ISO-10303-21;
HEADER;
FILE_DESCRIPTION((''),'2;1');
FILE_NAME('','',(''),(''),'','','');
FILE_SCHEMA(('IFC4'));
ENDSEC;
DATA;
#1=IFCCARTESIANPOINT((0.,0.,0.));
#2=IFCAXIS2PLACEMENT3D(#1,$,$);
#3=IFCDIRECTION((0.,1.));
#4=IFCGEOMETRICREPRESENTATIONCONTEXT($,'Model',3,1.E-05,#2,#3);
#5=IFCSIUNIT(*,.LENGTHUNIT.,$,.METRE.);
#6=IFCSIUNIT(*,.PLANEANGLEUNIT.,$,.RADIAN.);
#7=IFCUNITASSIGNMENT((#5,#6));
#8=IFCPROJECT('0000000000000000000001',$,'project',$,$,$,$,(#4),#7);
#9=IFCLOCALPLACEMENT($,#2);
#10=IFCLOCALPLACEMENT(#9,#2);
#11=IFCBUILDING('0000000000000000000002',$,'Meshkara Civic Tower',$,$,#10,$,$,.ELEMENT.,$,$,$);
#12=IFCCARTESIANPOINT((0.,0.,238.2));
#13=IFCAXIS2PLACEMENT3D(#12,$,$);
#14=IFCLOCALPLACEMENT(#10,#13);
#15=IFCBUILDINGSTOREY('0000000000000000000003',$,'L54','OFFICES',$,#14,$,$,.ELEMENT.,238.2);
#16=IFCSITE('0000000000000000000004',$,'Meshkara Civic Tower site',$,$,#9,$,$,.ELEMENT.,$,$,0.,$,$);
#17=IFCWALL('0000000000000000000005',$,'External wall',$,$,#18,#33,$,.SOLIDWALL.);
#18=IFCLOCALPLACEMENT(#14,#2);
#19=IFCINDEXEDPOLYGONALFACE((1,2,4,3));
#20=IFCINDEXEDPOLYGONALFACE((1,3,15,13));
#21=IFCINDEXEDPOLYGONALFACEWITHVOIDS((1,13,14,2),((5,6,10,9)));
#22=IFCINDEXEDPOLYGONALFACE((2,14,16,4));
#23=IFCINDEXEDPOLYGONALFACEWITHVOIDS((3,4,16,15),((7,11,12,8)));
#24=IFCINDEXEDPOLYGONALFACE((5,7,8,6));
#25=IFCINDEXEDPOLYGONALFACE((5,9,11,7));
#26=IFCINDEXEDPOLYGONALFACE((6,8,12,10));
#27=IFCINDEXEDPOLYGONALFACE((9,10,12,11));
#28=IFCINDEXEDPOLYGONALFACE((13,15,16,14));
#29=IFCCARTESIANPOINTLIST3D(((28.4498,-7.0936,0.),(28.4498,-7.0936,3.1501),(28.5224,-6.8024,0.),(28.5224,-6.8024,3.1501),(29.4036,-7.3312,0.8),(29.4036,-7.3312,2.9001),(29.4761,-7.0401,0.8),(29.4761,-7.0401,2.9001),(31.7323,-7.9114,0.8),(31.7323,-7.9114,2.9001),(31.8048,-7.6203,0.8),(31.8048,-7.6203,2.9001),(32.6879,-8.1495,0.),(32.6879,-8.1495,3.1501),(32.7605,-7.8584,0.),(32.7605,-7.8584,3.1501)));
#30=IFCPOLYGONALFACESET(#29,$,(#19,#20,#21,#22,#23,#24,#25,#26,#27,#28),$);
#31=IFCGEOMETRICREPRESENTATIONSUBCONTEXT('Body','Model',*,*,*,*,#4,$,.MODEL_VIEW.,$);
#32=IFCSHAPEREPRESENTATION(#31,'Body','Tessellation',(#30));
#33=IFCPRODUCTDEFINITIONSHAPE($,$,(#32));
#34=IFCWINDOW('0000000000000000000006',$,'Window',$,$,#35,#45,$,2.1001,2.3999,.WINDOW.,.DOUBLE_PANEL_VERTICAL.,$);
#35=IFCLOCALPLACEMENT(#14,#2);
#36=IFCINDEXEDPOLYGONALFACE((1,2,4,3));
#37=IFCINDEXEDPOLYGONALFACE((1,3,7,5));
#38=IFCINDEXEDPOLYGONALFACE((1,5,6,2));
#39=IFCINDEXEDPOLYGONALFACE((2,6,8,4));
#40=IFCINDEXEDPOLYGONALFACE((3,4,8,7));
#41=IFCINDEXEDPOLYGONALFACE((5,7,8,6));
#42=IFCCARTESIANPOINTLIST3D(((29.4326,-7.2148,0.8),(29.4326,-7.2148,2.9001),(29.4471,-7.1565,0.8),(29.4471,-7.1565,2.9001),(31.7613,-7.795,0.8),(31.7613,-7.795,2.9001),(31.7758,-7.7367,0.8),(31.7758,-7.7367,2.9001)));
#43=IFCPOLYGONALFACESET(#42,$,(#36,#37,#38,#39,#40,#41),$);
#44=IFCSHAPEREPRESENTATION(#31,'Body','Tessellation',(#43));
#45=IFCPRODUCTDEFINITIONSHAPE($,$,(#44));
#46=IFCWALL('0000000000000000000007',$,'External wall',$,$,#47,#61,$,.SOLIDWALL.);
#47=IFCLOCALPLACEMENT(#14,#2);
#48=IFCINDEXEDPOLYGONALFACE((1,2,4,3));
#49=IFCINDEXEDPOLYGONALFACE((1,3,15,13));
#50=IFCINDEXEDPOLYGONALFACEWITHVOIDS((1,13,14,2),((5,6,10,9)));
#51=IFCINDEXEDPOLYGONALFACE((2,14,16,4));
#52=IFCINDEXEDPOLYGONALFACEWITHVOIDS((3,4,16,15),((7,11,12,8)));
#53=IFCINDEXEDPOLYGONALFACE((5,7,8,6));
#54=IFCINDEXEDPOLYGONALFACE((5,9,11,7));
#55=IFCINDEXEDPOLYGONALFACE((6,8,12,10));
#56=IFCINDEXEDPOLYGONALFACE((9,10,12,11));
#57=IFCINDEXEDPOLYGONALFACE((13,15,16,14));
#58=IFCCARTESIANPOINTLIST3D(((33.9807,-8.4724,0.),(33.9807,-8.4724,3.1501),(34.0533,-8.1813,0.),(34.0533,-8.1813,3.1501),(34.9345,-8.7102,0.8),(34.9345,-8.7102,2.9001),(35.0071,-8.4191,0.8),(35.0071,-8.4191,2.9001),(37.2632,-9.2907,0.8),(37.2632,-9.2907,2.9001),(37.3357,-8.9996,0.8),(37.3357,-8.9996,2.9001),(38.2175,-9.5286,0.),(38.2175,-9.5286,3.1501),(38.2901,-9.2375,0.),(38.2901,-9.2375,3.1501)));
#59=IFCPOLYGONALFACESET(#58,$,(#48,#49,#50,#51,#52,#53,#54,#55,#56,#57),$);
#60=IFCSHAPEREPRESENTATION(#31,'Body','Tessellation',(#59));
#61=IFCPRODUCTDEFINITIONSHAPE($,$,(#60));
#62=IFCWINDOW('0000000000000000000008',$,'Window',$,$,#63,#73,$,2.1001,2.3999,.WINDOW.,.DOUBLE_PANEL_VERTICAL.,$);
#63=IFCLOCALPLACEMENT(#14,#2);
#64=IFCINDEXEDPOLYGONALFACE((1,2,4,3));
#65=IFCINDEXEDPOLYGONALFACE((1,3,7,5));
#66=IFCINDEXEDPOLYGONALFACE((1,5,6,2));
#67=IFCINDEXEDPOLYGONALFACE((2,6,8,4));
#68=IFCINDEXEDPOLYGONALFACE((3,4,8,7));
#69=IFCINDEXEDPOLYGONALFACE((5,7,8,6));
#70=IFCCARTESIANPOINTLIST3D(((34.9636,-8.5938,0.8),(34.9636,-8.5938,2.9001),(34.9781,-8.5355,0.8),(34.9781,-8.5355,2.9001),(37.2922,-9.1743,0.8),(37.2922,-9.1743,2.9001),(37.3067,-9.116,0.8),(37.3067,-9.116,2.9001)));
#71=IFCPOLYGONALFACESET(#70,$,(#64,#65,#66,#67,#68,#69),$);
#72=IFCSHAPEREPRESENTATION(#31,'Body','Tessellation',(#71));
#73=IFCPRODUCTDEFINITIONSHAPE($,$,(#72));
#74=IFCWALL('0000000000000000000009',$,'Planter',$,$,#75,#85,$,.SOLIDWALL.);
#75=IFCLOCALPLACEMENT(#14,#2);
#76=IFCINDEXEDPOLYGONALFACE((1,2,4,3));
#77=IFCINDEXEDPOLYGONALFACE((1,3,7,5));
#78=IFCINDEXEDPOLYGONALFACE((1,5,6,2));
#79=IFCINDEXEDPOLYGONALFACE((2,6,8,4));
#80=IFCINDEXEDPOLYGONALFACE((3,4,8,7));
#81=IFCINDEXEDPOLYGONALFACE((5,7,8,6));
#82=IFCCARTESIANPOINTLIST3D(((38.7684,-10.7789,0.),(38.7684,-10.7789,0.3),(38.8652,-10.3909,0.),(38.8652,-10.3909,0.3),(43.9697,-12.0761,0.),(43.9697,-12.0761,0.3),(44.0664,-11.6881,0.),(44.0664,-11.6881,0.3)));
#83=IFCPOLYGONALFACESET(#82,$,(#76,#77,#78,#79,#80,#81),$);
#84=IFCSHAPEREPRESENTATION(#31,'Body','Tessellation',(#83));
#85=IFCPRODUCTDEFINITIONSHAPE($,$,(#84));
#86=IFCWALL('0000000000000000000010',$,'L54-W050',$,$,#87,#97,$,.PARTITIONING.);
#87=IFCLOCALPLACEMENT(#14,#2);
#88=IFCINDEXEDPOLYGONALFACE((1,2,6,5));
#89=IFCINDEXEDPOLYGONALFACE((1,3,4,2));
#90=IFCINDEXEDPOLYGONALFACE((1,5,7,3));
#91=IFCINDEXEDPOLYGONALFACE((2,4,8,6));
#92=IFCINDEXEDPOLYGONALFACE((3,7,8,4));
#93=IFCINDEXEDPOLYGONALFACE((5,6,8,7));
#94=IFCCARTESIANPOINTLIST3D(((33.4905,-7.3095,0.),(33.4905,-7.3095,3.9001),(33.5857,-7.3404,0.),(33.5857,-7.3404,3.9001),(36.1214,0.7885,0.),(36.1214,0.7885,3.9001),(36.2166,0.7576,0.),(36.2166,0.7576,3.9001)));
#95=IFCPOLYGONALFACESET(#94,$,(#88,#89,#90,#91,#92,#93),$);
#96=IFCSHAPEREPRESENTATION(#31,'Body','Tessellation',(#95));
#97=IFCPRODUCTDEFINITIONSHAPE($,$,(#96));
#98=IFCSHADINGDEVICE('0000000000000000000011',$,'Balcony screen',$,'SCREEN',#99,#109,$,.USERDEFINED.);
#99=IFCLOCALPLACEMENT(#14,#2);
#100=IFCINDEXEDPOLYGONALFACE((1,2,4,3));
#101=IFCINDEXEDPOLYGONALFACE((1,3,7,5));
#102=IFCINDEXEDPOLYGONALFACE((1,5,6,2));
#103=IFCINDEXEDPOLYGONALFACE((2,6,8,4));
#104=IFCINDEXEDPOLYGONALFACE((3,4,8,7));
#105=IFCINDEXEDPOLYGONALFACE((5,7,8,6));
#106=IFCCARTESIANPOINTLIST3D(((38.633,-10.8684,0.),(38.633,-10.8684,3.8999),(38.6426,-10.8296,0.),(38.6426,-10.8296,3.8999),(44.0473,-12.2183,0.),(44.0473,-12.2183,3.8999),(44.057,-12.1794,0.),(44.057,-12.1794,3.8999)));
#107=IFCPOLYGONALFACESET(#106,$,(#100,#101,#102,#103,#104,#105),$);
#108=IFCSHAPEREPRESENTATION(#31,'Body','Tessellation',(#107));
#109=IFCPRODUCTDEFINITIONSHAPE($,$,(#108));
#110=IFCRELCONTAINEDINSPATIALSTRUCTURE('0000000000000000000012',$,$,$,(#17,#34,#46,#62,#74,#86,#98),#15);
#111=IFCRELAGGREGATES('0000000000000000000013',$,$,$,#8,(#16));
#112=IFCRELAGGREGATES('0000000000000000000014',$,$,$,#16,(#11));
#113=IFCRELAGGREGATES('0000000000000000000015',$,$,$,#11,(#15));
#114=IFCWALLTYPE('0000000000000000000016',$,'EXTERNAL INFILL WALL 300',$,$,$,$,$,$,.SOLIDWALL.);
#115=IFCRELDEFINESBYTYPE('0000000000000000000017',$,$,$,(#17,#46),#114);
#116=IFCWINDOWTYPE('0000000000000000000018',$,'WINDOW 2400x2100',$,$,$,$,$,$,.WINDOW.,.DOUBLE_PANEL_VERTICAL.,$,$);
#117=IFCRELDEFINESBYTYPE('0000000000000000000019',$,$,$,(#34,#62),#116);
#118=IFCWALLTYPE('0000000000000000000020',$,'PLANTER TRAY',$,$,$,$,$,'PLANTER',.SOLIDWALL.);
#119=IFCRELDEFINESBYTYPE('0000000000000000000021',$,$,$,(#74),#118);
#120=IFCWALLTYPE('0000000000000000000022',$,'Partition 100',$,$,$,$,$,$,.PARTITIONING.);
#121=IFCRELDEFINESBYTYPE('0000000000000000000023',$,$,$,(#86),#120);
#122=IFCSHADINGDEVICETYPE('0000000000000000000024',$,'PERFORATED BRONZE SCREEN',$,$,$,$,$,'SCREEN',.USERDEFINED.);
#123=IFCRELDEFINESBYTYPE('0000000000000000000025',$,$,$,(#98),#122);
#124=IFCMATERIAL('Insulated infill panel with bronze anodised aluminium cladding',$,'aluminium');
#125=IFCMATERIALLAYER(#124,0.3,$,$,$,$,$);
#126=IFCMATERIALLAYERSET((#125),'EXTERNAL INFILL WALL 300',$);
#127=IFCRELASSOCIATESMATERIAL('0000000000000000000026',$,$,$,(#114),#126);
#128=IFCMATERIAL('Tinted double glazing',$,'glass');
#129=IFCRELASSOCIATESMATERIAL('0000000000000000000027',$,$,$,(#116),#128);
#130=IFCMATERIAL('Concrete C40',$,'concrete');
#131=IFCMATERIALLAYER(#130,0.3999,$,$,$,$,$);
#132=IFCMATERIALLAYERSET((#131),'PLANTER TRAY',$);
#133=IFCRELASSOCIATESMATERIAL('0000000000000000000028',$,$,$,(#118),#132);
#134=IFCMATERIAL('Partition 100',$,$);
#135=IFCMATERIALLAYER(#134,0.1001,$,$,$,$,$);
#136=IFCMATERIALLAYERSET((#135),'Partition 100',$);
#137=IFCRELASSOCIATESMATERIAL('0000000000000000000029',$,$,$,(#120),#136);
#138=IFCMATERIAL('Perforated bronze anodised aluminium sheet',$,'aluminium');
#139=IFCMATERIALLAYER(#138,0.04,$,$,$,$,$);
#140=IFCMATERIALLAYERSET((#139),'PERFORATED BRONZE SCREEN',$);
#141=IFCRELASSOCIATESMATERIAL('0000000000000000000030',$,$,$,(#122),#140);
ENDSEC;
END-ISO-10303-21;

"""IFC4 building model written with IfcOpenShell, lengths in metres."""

from ifc_helpers import new_model, si_unit, direction, frame, frame_2d, origin, origin_2d, place, context, subcontext, project, spatial, rectangle, extrude, material, layer, layer_set, type_object, element, fill, save


model = new_model("IFC4")

# Units and contexts
model_context = context("Model", 3, precision=1e-05, world=origin(), true_north=direction((0.0, 1.0)))
body_context = subcontext(model_context, "Body", "Model", "MODEL_VIEW")
ifc_project = project(units=[si_unit("LENGTHUNIT", "METRE"), si_unit("PLANEANGLEUNIT", "RADIAN")], contexts=[model_context])

# Site, building, storey
site_placement = place(None, origin())
site = spatial("IfcSite", under=ifc_project, at=site_placement, Name="Meshkara Civic Tower site", CompositionType="ELEMENT", RefElevation=0.0)
building_placement = place(site_placement, origin())
building = spatial("IfcBuilding", under=site, at=building_placement, Name="Meshkara Civic Tower", CompositionType="ELEMENT")
storey_placement = place(building_placement, frame((0.0, 0.0, 238.2)))
storey = spatial("IfcBuildingStorey", under=building, at=storey_placement, Name="L54", Description="OFFICES", CompositionType="ELEMENT", Elevation=238.2)

# Walls, openings, windows
ifc_material_1 = material(Name="Insulated infill panel with bronze anodised aluminium cladding", Category="aluminium")
ifc_layer_1 = layer(ifc_material_1, 0.3)
ifc_layer_set_1 = layer_set([ifc_layer_1], Name="EXTERNAL INFILL WALL 300")
wall_type_1 = type_object("IfcWallType", Name="EXTERNAL INFILL WALL 300", PredefinedType="SOLIDWALL", material=ifc_layer_set_1)
ifc_material_2 = material(Name="Tinted double glazing", Category="glass")
window_type = type_object("IfcWindowType", Name="WINDOW 2400x2100", PartitioningType="DOUBLE_PANEL_VERTICAL", PredefinedType="WINDOW", material=ifc_material_2)
wall_1_placement = place(storey_placement, frame((28.4861, -6.948, 0.0), z_axis=(0.0, 0.0, 1.0), x_axis=(0.970336, -0.24176, 0.0)))
wall_1 = element("IfcWall", 1, at=wall_1_placement, inside=storey, type_object=wall_type_1, Name="External wall", PredefinedType="SOLIDWALL", context=body_context, shape_type="SweptSolid", body=[
    extrude(rectangle(XDim=4.3677, YDim=0.3, at=frame_2d((2.1838, 0.0))), origin(), (0.0, 0.0, 1.0), 3.1501),
])
opening_1_placement = place(wall_1_placement, frame((0.9829, 0.0, 0.8)))
opening_1 = element("IfcOpeningElement", 2, at=opening_1_placement, cuts=wall_1, PredefinedType="OPENING", context=body_context, shape_type="SweptSolid", body=[
    extrude(rectangle(XDim=2.3999, YDim=2.1001, at=frame_2d((1.2, 1.05))), frame((0.0, 0.1599, 0.0), z_axis=(0.0, -1.0, 0.0), x_axis=(1.0, 0.0, 0.0)), (0.0, 0.0, 1.0), 0.3201),
])
window_1_placement = place(opening_1_placement, origin())
window_1 = element("IfcWindow", 3, at=window_1_placement, inside=storey, type_object=window_type, Name="Window", OverallHeight=2.1001, OverallWidth=2.3999, PartitioningType="DOUBLE_PANEL_VERTICAL", PredefinedType="WINDOW", context=body_context, shape_type="SweptSolid", body=[
    extrude(rectangle(XDim=2.3999, YDim=2.1001, at=frame_2d((1.2, 1.05))), frame((0.0, 0.03, 0.0), z_axis=(0.0, -1.0, 0.0), x_axis=(1.0, 0.0, 0.0)), (0.0, 0.0, 1.0), 0.0601),
])
fill(opening_1, window_1)
wall_2_placement = place(storey_placement, frame((34.0171, -8.3269, 0.0), z_axis=(0.0, 0.0, 1.0), x_axis=(0.970307, -0.241878, 0.0)))
wall_2 = element("IfcWall", 4, at=wall_2_placement, inside=storey, type_object=wall_type_1, Name="External wall", PredefinedType="SOLIDWALL", context=body_context, shape_type="SweptSolid", body=[
    extrude(rectangle(XDim=4.3665, YDim=0.3, at=frame_2d((2.1831, 0.0))), origin(), (0.0, 0.0, 1.0), 3.1501),
])
opening_2_placement = place(wall_2_placement, frame((0.9829, 0.0, 0.8)))
opening_2 = element("IfcOpeningElement", 5, at=opening_2_placement, cuts=wall_2, PredefinedType="OPENING", context=body_context, shape_type="SweptSolid", body=[
    extrude(rectangle(XDim=2.3999, YDim=2.1001, at=frame_2d((1.2, 1.05))), frame((0.0, 0.1599, 0.0), z_axis=(0.0, -1.0, 0.0), x_axis=(1.0, 0.0, 0.0)), (0.0, 0.0, 1.0), 0.3201),
])
window_2_placement = place(opening_2_placement, origin())
window_2 = element("IfcWindow", 6, at=window_2_placement, inside=storey, type_object=window_type, Name="Window", OverallHeight=2.1001, OverallWidth=2.3999, PartitioningType="DOUBLE_PANEL_VERTICAL", PredefinedType="WINDOW", context=body_context, shape_type="SweptSolid", body=[
    extrude(rectangle(XDim=2.3999, YDim=2.1001, at=frame_2d((1.2, 1.05))), frame((0.0, 0.03, 0.0), z_axis=(0.0, -1.0, 0.0), x_axis=(1.0, 0.0, 0.0)), (0.0, 0.0, 1.0), 0.0601),
])
fill(opening_2, window_2)

# Walls
ifc_material_3 = material(Name="Concrete C40", Category="concrete")
ifc_layer_2 = layer(ifc_material_3, 0.3999)
ifc_layer_set_2 = layer_set([ifc_layer_2], Name="PLANTER TRAY")
wall_type_2 = type_object("IfcWallType", Name="PLANTER TRAY", ElementType="PLANTER", PredefinedType="SOLIDWALL", material=ifc_layer_set_2)
wall_3_placement = place(storey_placement, frame((38.8169, -10.585, 0.0), z_axis=(0.0, 0.0, 1.0), x_axis=(0.970282, -0.241978, 0.0)))
element("IfcWall", 7, at=wall_3_placement, inside=storey, type_object=wall_type_2, Name="Planter", PredefinedType="SOLIDWALL", context=body_context, shape_type="SweptSolid", body=[
    extrude(rectangle(XDim=5.3606, YDim=0.3999, at=frame_2d((2.6802, 0.0))), origin(), (0.0, 0.0, 1.0), 0.3),
])
ifc_material_4 = material(Name="Partition 100")
ifc_layer_3 = layer(ifc_material_4, 0.1001)
ifc_layer_set_3 = layer_set([ifc_layer_3], Name="Partition 100")
wall_type_3 = type_object("IfcWallType", Name="Partition 100", PredefinedType="PARTITIONING", material=ifc_layer_set_3)
wall_4_placement = place(storey_placement, frame((33.5381, -7.325, 0.0), z_axis=(0.0, 0.0, 1.0), x_axis=(0.308984, 0.951067, 0.0)))
element("IfcWall", 8, at=wall_4_placement, inside=storey, type_object=wall_type_3, Name="L54-W050", PredefinedType="PARTITIONING", context=body_context, shape_type="SweptSolid", body=[
    extrude(rectangle(XDim=8.5146, YDim=0.1001, at=frame_2d((4.2573, 0.0))), origin(), (0.0, 0.0, 1.0), 3.9001),
])

# Shading device
ifc_material_5 = material(Name="Perforated bronze anodised aluminium sheet", Category="aluminium")
ifc_layer_4 = layer(ifc_material_5, 0.04)
ifc_layer_set_4 = layer_set([ifc_layer_4], Name="PERFORATED BRONZE SCREEN")
shading_device_type = type_object("IfcShadingDeviceType", Name="PERFORATED BRONZE SCREEN", ElementType="SCREEN", PredefinedType="USERDEFINED", material=ifc_layer_set_4)
shading_device_placement = place(storey_placement, frame((41.345, -11.5239, 0.0), z_axis=(0.0, 0.0, 1.0), x_axis=(0.9703, -0.241905, 0.0)))
element("IfcShadingDevice", 9, at=shading_device_placement, inside=storey, type_object=shading_device_type, Name="Balcony screen", ObjectType="SCREEN", PredefinedType="USERDEFINED", context=body_context, shape_type="SweptSolid", body=[
    extrude(rectangle(XDim=5.5801, YDim=0.04, at=origin_2d()), origin(), (0.0, 0.0, 1.0), 3.8999),
])

save(model, "model.ifc")
